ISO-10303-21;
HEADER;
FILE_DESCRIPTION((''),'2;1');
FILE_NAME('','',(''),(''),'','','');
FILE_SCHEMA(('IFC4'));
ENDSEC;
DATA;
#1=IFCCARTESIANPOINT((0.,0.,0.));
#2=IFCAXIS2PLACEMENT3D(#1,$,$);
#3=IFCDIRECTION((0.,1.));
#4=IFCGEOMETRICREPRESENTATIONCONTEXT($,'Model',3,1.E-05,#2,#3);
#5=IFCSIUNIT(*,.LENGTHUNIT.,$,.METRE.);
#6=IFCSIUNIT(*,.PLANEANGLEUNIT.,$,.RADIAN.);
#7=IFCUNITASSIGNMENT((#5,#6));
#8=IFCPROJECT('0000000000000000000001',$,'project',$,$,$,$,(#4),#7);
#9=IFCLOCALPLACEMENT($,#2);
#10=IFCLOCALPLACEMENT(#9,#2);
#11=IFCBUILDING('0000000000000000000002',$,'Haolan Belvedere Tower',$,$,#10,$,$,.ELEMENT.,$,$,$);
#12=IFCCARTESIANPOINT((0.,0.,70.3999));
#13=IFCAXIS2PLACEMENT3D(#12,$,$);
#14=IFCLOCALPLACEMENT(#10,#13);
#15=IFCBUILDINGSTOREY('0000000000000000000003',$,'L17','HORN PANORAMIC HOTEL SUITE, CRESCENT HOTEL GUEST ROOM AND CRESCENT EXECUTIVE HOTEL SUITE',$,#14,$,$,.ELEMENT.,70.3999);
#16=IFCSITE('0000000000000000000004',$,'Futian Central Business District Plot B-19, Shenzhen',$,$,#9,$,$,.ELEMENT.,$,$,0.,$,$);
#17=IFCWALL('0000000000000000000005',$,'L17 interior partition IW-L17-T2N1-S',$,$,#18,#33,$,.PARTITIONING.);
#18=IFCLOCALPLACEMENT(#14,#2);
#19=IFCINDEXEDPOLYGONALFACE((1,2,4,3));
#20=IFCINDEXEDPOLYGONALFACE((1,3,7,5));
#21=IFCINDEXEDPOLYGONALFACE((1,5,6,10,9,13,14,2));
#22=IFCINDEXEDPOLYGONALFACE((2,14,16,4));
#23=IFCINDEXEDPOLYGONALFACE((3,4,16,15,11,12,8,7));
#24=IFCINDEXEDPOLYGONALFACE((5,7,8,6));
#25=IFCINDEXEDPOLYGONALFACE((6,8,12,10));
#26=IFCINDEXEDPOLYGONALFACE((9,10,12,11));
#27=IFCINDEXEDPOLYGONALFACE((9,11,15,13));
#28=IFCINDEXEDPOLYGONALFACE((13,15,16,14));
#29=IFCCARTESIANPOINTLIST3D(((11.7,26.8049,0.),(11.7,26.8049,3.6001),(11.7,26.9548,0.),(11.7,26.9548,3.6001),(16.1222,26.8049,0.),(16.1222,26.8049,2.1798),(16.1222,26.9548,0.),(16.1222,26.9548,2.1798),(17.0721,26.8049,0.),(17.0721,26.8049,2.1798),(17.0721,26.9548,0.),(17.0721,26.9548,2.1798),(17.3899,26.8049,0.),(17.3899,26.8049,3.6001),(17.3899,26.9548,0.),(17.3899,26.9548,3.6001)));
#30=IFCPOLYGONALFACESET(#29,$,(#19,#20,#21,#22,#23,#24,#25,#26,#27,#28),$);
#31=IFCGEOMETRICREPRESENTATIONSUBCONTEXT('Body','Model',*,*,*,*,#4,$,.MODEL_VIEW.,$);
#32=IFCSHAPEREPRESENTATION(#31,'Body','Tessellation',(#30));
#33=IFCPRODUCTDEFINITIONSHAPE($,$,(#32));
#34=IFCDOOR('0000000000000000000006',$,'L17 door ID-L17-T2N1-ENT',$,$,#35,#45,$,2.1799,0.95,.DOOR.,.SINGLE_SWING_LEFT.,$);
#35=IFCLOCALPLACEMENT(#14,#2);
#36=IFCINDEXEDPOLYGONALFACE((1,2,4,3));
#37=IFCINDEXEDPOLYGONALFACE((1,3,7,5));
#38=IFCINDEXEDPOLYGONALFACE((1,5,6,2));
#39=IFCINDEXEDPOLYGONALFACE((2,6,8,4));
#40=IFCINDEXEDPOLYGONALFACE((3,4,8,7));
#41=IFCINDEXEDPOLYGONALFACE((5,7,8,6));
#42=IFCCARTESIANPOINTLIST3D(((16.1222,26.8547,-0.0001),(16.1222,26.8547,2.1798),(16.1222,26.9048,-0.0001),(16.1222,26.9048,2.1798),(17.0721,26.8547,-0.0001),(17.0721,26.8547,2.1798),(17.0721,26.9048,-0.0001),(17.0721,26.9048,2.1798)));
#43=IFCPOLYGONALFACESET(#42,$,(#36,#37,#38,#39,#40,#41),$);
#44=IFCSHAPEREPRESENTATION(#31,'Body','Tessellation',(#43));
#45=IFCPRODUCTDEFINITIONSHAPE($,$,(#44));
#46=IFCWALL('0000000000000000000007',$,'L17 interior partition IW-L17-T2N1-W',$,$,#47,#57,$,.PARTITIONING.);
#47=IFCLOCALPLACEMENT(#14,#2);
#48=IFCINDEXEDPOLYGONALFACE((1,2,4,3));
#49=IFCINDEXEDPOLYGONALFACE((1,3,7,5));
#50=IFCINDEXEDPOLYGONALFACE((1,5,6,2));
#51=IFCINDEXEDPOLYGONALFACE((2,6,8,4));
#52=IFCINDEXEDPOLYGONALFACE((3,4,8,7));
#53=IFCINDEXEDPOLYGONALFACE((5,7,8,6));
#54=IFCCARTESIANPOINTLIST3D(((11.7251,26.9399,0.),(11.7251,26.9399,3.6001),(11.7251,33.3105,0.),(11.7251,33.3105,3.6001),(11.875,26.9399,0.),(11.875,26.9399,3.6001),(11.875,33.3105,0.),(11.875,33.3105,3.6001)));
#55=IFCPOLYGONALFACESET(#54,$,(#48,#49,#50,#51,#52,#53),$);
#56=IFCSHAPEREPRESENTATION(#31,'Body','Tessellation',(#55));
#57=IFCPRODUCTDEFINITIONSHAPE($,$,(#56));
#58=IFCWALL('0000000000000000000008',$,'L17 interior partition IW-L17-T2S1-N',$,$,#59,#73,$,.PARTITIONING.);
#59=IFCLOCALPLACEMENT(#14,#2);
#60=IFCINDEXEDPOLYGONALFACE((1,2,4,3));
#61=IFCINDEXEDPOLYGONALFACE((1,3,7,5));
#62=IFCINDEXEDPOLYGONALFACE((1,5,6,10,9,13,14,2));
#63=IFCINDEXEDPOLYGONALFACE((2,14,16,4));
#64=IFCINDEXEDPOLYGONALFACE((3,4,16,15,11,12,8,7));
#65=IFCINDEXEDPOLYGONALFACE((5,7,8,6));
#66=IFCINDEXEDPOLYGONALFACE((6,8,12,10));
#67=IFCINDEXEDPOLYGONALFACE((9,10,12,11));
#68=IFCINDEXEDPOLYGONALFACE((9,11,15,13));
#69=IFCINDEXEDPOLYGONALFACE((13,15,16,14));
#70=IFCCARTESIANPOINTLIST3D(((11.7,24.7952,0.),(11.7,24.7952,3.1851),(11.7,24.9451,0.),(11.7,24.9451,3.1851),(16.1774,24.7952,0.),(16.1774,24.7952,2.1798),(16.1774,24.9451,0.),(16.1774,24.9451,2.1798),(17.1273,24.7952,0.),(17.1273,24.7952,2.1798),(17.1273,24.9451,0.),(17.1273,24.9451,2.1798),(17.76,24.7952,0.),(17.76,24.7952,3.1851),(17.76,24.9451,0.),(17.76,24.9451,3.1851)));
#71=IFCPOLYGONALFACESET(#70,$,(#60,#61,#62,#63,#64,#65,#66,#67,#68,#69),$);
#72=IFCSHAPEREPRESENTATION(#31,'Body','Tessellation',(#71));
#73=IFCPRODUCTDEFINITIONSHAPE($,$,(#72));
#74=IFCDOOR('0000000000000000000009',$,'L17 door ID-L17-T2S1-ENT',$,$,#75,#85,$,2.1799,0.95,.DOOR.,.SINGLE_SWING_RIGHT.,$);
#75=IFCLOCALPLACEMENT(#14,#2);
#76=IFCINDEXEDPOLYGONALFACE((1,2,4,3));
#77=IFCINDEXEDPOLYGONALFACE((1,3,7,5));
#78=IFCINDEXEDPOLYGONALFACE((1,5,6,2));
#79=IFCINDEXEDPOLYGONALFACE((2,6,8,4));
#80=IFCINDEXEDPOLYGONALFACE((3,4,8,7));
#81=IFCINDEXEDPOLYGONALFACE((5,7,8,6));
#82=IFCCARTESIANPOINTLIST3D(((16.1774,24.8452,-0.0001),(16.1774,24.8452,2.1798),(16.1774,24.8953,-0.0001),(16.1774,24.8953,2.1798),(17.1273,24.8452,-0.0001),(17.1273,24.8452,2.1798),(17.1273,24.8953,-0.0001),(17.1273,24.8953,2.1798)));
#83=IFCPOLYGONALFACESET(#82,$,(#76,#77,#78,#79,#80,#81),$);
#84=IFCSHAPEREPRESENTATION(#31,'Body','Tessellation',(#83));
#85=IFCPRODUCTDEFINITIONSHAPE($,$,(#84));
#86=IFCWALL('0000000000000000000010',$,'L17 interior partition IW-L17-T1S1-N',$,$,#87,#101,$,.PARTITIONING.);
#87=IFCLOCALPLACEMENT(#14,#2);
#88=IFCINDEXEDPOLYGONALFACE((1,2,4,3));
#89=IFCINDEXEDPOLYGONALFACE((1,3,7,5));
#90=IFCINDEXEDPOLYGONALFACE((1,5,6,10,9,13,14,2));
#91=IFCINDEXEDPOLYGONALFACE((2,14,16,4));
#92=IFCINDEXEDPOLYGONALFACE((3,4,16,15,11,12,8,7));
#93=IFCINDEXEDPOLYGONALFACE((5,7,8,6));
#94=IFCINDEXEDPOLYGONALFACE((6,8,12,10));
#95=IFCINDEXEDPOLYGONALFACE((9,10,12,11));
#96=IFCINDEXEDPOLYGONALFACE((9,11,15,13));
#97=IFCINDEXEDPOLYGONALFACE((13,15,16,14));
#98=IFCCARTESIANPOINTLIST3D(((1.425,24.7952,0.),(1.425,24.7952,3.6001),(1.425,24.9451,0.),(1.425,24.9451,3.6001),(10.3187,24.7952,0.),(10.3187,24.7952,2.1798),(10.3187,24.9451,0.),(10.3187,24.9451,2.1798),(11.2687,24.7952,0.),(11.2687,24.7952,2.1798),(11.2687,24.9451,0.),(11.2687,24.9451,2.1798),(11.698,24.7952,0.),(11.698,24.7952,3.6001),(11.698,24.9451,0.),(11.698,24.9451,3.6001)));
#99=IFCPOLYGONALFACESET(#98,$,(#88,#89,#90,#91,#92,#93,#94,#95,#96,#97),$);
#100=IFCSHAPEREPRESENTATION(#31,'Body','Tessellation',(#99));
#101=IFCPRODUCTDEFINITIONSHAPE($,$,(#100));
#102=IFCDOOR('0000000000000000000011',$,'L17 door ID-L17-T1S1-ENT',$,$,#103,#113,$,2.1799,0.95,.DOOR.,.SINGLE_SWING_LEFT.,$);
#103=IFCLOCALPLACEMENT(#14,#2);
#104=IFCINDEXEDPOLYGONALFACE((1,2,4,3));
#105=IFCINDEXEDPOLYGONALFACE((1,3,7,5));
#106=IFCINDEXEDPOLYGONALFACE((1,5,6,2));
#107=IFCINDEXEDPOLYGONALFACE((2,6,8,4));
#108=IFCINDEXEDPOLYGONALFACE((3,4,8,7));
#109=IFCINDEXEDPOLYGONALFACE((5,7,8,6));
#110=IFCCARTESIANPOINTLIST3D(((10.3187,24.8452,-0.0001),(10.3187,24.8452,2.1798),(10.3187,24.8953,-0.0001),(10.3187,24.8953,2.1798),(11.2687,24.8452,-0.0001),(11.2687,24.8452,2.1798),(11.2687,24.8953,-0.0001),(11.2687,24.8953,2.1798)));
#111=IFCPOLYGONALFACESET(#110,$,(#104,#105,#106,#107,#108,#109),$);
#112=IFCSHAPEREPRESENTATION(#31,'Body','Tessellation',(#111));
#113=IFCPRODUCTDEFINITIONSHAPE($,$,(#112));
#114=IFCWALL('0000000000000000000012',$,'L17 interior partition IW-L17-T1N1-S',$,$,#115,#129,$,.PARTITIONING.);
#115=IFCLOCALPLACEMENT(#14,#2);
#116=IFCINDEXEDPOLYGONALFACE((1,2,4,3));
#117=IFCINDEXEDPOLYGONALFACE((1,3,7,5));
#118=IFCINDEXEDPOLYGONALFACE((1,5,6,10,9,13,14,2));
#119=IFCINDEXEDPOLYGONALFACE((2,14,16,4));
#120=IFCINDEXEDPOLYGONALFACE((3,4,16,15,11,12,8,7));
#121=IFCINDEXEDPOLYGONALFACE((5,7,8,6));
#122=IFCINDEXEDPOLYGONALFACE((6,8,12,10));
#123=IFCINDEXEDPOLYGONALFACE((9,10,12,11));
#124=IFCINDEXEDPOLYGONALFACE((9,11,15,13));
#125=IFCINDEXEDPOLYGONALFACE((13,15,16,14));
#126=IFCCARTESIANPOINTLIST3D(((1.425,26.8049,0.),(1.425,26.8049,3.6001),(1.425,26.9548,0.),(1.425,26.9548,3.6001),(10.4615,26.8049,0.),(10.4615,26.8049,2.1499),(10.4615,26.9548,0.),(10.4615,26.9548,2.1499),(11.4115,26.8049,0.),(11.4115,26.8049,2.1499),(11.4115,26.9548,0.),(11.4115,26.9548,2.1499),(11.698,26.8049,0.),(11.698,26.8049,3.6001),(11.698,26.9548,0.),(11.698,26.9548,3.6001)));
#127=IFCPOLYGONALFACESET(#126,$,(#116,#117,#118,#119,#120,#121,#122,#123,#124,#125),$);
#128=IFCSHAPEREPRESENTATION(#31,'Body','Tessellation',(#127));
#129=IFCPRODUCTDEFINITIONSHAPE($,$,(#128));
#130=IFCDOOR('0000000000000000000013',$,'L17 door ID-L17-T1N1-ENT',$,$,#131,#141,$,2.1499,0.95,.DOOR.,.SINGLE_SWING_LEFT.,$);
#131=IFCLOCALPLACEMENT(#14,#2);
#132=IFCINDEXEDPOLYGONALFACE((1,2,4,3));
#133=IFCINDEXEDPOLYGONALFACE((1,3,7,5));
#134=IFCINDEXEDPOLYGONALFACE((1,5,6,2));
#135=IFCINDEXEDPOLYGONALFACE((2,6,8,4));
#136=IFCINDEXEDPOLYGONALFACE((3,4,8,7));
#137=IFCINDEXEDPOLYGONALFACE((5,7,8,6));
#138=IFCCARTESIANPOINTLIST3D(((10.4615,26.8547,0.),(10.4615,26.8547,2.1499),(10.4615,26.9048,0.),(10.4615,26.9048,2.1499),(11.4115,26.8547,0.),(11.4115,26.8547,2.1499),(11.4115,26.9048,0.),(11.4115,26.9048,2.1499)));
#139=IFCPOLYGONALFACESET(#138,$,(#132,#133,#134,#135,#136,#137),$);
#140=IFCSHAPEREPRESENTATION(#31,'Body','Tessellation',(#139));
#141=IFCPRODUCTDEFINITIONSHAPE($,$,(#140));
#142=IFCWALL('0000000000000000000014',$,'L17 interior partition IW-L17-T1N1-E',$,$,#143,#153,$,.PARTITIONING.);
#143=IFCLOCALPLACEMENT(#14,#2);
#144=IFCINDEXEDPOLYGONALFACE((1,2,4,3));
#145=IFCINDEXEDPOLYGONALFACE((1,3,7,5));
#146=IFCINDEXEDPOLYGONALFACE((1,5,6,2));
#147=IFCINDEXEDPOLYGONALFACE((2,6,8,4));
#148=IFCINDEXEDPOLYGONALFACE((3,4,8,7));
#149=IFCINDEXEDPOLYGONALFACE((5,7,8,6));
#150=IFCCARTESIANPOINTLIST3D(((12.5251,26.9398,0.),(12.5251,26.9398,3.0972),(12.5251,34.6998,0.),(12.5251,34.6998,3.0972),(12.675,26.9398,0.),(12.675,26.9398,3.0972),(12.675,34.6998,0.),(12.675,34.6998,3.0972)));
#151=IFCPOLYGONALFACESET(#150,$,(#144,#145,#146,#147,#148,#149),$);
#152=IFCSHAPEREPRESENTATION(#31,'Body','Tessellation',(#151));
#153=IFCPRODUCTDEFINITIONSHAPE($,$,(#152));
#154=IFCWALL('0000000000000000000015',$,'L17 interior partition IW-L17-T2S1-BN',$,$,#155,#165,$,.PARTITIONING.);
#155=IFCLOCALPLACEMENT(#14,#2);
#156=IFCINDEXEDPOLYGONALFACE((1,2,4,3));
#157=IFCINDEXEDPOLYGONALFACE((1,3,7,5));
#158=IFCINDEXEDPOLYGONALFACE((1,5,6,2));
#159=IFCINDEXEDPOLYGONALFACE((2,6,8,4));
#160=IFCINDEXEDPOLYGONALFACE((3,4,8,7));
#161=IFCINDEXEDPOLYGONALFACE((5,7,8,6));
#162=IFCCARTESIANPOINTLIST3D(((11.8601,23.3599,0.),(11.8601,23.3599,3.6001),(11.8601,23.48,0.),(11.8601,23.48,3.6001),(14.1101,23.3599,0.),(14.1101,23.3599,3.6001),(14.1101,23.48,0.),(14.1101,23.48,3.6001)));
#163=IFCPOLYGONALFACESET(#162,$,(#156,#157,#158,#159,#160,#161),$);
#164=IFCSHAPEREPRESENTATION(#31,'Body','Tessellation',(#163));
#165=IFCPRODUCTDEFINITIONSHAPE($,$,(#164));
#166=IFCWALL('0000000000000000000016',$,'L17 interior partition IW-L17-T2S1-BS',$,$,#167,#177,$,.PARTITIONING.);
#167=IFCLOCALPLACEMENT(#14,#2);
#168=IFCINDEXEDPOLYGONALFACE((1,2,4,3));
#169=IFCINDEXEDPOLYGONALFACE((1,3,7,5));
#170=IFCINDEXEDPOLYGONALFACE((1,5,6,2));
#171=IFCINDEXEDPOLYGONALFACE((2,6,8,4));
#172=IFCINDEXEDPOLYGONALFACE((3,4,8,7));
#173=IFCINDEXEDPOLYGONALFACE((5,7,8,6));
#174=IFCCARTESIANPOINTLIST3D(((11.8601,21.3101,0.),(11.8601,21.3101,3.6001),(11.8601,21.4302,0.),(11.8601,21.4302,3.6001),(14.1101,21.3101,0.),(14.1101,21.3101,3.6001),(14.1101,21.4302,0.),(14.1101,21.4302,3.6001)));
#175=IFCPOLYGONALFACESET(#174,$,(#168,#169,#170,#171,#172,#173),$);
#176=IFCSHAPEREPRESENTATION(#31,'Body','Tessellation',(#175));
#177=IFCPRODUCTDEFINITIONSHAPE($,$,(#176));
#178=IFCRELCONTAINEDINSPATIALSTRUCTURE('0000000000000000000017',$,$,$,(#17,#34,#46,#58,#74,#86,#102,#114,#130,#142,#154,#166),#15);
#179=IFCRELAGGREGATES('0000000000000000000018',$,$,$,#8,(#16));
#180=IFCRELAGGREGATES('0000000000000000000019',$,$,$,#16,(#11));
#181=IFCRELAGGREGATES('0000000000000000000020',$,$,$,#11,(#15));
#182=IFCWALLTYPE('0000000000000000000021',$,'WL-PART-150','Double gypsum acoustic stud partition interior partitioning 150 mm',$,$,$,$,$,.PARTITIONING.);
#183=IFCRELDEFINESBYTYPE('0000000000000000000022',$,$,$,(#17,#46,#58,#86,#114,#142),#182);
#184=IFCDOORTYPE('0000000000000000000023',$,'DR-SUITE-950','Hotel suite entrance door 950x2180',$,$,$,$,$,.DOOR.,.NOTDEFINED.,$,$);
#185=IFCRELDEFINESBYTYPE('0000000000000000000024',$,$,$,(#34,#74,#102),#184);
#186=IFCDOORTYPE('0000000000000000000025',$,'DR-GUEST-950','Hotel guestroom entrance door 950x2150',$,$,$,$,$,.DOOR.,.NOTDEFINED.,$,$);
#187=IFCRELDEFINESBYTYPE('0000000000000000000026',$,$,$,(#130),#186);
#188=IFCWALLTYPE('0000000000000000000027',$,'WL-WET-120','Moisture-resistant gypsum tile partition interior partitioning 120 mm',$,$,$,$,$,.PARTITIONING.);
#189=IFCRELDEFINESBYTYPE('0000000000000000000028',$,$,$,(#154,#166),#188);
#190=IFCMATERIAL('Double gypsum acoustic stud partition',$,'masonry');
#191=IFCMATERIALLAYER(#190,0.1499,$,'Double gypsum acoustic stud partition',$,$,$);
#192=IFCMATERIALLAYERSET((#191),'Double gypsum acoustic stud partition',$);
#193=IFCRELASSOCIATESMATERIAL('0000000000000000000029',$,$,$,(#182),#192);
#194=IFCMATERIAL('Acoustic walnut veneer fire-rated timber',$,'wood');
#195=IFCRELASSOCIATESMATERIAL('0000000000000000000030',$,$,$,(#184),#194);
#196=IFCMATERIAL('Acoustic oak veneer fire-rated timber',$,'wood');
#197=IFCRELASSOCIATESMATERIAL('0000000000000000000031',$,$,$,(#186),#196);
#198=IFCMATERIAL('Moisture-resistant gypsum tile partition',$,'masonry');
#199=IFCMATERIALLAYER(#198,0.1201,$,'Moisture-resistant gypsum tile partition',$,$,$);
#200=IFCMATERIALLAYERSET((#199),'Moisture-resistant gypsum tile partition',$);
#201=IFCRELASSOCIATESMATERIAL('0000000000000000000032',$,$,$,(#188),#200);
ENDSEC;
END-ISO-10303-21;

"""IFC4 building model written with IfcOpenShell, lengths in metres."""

from ifc_helpers import new_model, si_unit, direction, frame, frame_2d, origin, place, context, subcontext, project, spatial, rectangle, extrude, material, layer, layer_set, type_object, element, fill, save


model = new_model("IFC4")

# Units and contexts
model_context = context("Model", 3, precision=1e-05, world=origin(), true_north=direction((0.0, 1.0)))
body_context = subcontext(model_context, "Body", "Model", "MODEL_VIEW")
ifc_project = project(units=[si_unit("LENGTHUNIT", "METRE"), si_unit("PLANEANGLEUNIT", "RADIAN")], contexts=[model_context])

# Site, building, storey
site_placement = place(None, origin())
site = spatial("IfcSite", under=ifc_project, at=site_placement, Name="Futian Central Business District Plot B-19, Shenzhen", CompositionType="ELEMENT", RefElevation=0.0)
building_placement = place(site_placement, origin())
building = spatial("IfcBuilding", under=site, at=building_placement, Name="Haolan Belvedere Tower", CompositionType="ELEMENT")
storey_placement = place(building_placement, frame((0.0, 0.0, 70.3999)))
storey = spatial("IfcBuildingStorey", under=building, at=storey_placement, Name="L17", Description="HORN PANORAMIC HOTEL SUITE, CRESCENT HOTEL GUEST ROOM AND CRESCENT EXECUTIVE HOTEL SUITE", CompositionType="ELEMENT", Elevation=70.3999)

# Wall, opening, door
ifc_material_1 = material(Name="Double gypsum acoustic stud partition", Category="masonry")
ifc_layer_1 = layer(ifc_material_1, 0.1499, Name="Double gypsum acoustic stud partition")
ifc_layer_set_1 = layer_set([ifc_layer_1], Name="Double gypsum acoustic stud partition")
wall_type_1 = type_object("IfcWallType", Name="WL-PART-150", Description="Double gypsum acoustic stud partition interior partitioning 150 mm", PredefinedType="PARTITIONING", material=ifc_layer_set_1)
wall_1_placement = place(storey_placement, frame((11.7, 26.8799, 0.0), z_axis=(0.0, 0.0, 1.0), x_axis=(1.0, 0.0, 0.0)))
wall_1 = element("IfcWall", 1, at=wall_1_placement, inside=storey, type_object=wall_type_1, Name="L17 interior partition IW-L17-T2N1-S", PredefinedType="PARTITIONING", context=body_context, shape_type="SweptSolid", body=[
    extrude(rectangle(XDim=5.6899, YDim=0.1499, at=frame_2d((2.845, 0.0))), origin(), (0.0, 0.0, 1.0), 3.6001),
])
opening_1_placement = place(wall_1_placement, frame((4.4221, 0.0, 0.0)))
opening_1 = element("IfcOpeningElement", 2, at=opening_1_placement, cuts=wall_1, PredefinedType="OPENING", context=body_context, shape_type="SweptSolid", body=[
    extrude(rectangle(XDim=0.95, YDim=2.1799, at=frame_2d((0.4751, 1.0898))), frame((0.0, 0.085, 0.0), z_axis=(0.0, -1.0, 0.0), x_axis=(1.0, 0.0, 0.0)), (0.0, 0.0, 1.0), 0.1699),
])
ifc_material_2 = material(Name="Acoustic walnut veneer fire-rated timber", Category="wood")
door_type_1 = type_object("IfcDoorType", Name="DR-SUITE-950", Description="Hotel suite entrance door 950x2180", OperationType="NOTDEFINED", PredefinedType="DOOR", material=ifc_material_2)
door_1_placement = place(opening_1_placement, origin())
door_1 = element("IfcDoor", 3, at=door_1_placement, inside=storey, type_object=door_type_1, Name="L17 door ID-L17-T2N1-ENT", OperationType="SINGLE_SWING_LEFT", OverallHeight=2.1799, OverallWidth=0.95, PredefinedType="DOOR", context=body_context, shape_type="SweptSolid", body=[
    extrude(rectangle(XDim=0.95, YDim=2.1799, at=frame_2d((0.4751, 1.0898))), frame((0.0, 0.0249, 0.0), z_axis=(0.0, -1.0, 0.0), x_axis=(1.0, 0.0, 0.0)), (0.0, 0.0, 1.0), 0.05),
])
fill(opening_1, door_1)

# Wall
wall_2_placement = place(storey_placement, frame((11.8, 26.9399, 0.0), z_axis=(0.0, 0.0, 1.0), x_axis=(0.0, 1.0, 0.0)))
element("IfcWall", 4, at=wall_2_placement, inside=storey, type_object=wall_type_1, Name="L17 interior partition IW-L17-T2N1-W", PredefinedType="PARTITIONING", context=body_context, shape_type="SweptSolid", body=[
    extrude(rectangle(XDim=6.3706, YDim=0.1499, at=frame_2d((3.1853, 0.0))), origin(), (0.0, 0.0, 1.0), 3.6001),
])

# Walls, openings, doors
wall_3_placement = place(storey_placement, frame((11.7, 24.8701, 0.0), z_axis=(0.0, 0.0, 1.0), x_axis=(1.0, 0.0, 0.0)))
wall_3 = element("IfcWall", 5, at=wall_3_placement, inside=storey, type_object=wall_type_1, Name="L17 interior partition IW-L17-T2S1-N", PredefinedType="PARTITIONING", context=body_context, shape_type="SweptSolid", body=[
    extrude(rectangle(XDim=6.0601, YDim=0.1499, at=frame_2d((3.03, 0.0))), origin(), (0.0, 0.0, 1.0), 3.1851),
])
opening_2_placement = place(wall_3_placement, frame((5.4275, 0.0, 0.0), z_axis=(0.0, 0.0, 1.0), x_axis=(-1.0, 0.0, 0.0)))
opening_2 = element("IfcOpeningElement", 6, at=opening_2_placement, cuts=wall_3, PredefinedType="OPENING", context=body_context, shape_type="SweptSolid", body=[
    extrude(rectangle(XDim=0.95, YDim=2.1799, at=frame_2d((0.4751, 1.0898))), frame((0.0, 0.085, 0.0), z_axis=(0.0, -1.0, 0.0), x_axis=(1.0, 0.0, 0.0)), (0.0, 0.0, 1.0), 0.1699),
])
door_2_placement = place(opening_2_placement, origin())
door_2 = element("IfcDoor", 7, at=door_2_placement, inside=storey, type_object=door_type_1, Name="L17 door ID-L17-T2S1-ENT", OperationType="SINGLE_SWING_RIGHT", OverallHeight=2.1799, OverallWidth=0.95, PredefinedType="DOOR", context=body_context, shape_type="SweptSolid", body=[
    extrude(rectangle(XDim=0.95, YDim=2.1799, at=frame_2d((0.4751, 1.0898))), frame((0.0, 0.0249, 0.0), z_axis=(0.0, -1.0, 0.0), x_axis=(1.0, 0.0, 0.0)), (0.0, 0.0, 1.0), 0.05),
])
fill(opening_2, door_2)
wall_4_placement = place(storey_placement, frame((1.425, 24.8701, 0.0), z_axis=(0.0, 0.0, 1.0), x_axis=(1.0, 0.0, 0.0)))
wall_4 = element("IfcWall", 8, at=wall_4_placement, inside=storey, type_object=wall_type_1, Name="L17 interior partition IW-L17-T1S1-N", PredefinedType="PARTITIONING", context=body_context, shape_type="SweptSolid", body=[
    extrude(rectangle(XDim=10.2729, YDim=0.1499, at=frame_2d((5.1365, 0.0))), origin(), (0.0, 0.0, 1.0), 3.6001),
])
opening_3_placement = place(wall_4_placement, frame((9.8438, 0.0, 0.0), z_axis=(0.0, 0.0, 1.0), x_axis=(-1.0, 0.0, 0.0)))
opening_3 = element("IfcOpeningElement", 9, at=opening_3_placement, cuts=wall_4, PredefinedType="OPENING", context=body_context, shape_type="SweptSolid", body=[
    extrude(rectangle(XDim=0.95, YDim=2.1799, at=frame_2d((0.4751, 1.0898))), frame((0.0, 0.085, 0.0), z_axis=(0.0, -1.0, 0.0), x_axis=(1.0, 0.0, 0.0)), (0.0, 0.0, 1.0), 0.1699),
])
door_3_placement = place(opening_3_placement, origin())
door_3 = element("IfcDoor", 10, at=door_3_placement, inside=storey, type_object=door_type_1, Name="L17 door ID-L17-T1S1-ENT", OperationType="SINGLE_SWING_LEFT", OverallHeight=2.1799, OverallWidth=0.95, PredefinedType="DOOR", context=body_context, shape_type="SweptSolid", body=[
    extrude(rectangle(XDim=0.95, YDim=2.1799, at=frame_2d((0.4751, 1.0898))), frame((0.0, 0.0249, 0.0), z_axis=(0.0, -1.0, 0.0), x_axis=(1.0, 0.0, 0.0)), (0.0, 0.0, 1.0), 0.05),
])
fill(opening_3, door_3)
wall_5_placement = place(storey_placement, frame((1.425, 26.8799, 0.0), z_axis=(0.0, 0.0, 1.0), x_axis=(1.0, 0.0, 0.0)))
wall_5 = element("IfcWall", 11, at=wall_5_placement, inside=storey, type_object=wall_type_1, Name="L17 interior partition IW-L17-T1N1-S", PredefinedType="PARTITIONING", context=body_context, shape_type="SweptSolid", body=[
    extrude(rectangle(XDim=10.2729, YDim=0.1499, at=frame_2d((5.1365, 0.0))), origin(), (0.0, 0.0, 1.0), 3.6001),
])
opening_4_placement = place(wall_5_placement, frame((9.0364, 0.0, 0.0)))
opening_4 = element("IfcOpeningElement", 12, at=opening_4_placement, cuts=wall_5, PredefinedType="OPENING", context=body_context, shape_type="SweptSolid", body=[
    extrude(rectangle(XDim=0.95, YDim=2.1499, at=frame_2d((0.4751, 1.075))), frame((0.0, 0.085, 0.0), z_axis=(0.0, -1.0, 0.0), x_axis=(1.0, 0.0, 0.0)), (0.0, 0.0, 1.0), 0.1699),
])
ifc_material_3 = material(Name="Acoustic oak veneer fire-rated timber", Category="wood")
door_type_2 = type_object("IfcDoorType", Name="DR-GUEST-950", Description="Hotel guestroom entrance door 950x2150", OperationType="NOTDEFINED", PredefinedType="DOOR", material=ifc_material_3)
door_4_placement = place(opening_4_placement, origin())
door_4 = element("IfcDoor", 13, at=door_4_placement, inside=storey, type_object=door_type_2, Name="L17 door ID-L17-T1N1-ENT", OperationType="SINGLE_SWING_LEFT", OverallHeight=2.1499, OverallWidth=0.95, PredefinedType="DOOR", context=body_context, shape_type="SweptSolid", body=[
    extrude(rectangle(XDim=0.95, YDim=2.1499, at=frame_2d((0.4751, 1.075))), frame((0.0, 0.0249, 0.0), z_axis=(0.0, -1.0, 0.0), x_axis=(1.0, 0.0, 0.0)), (0.0, 0.0, 1.0), 0.05),
])
fill(opening_4, door_4)

# Walls
wall_6_placement = place(storey_placement, frame((12.6001, 26.9399, 0.0), z_axis=(0.0, 0.0, 1.0), x_axis=(0.0, 1.0, 0.0)))
element("IfcWall", 14, at=wall_6_placement, inside=storey, type_object=wall_type_1, Name="L17 interior partition IW-L17-T1N1-E", PredefinedType="PARTITIONING", context=body_context, shape_type="SweptSolid", body=[
    extrude(rectangle(XDim=7.76, YDim=0.1499, at=frame_2d((3.8799, 0.0))), origin(), (0.0, 0.0, 1.0), 3.0972),
])
ifc_material_4 = material(Name="Moisture-resistant gypsum tile partition", Category="masonry")
ifc_layer_2 = layer(ifc_material_4, 0.1201, Name="Moisture-resistant gypsum tile partition")
ifc_layer_set_2 = layer_set([ifc_layer_2], Name="Moisture-resistant gypsum tile partition")
wall_type_2 = type_object("IfcWallType", Name="WL-WET-120", Description="Moisture-resistant gypsum tile partition interior partitioning 120 mm", PredefinedType="PARTITIONING", material=ifc_layer_set_2)
for number, where, z_axis, x_axis, name in (
    (15, (11.8601, 23.4199, 0.0), (0.0, 0.0, 1.0), (1.0, 0.0, 0.0), "L17 interior partition IW-L17-T2S1-BN"),
    (16, (11.8601, 21.3701, 0.0), (0.0, 0.0, 1.0), (1.0, 0.0, 0.0), "L17 interior partition IW-L17-T2S1-BS"),
):
    element("IfcWall", number, at=place(storey_placement, frame(where, z_axis=z_axis, x_axis=x_axis)), inside=storey, type_object=wall_type_2, Name=name, PredefinedType="PARTITIONING", context=body_context, shape_type="SweptSolid", body=[
        extrude(rectangle(XDim=2.25, YDim=0.1201, at=frame_2d((1.125, 0.0))), origin(), (0.0, 0.0, 1.0), 3.6001),
    ])

save(model, "model.ifc")
